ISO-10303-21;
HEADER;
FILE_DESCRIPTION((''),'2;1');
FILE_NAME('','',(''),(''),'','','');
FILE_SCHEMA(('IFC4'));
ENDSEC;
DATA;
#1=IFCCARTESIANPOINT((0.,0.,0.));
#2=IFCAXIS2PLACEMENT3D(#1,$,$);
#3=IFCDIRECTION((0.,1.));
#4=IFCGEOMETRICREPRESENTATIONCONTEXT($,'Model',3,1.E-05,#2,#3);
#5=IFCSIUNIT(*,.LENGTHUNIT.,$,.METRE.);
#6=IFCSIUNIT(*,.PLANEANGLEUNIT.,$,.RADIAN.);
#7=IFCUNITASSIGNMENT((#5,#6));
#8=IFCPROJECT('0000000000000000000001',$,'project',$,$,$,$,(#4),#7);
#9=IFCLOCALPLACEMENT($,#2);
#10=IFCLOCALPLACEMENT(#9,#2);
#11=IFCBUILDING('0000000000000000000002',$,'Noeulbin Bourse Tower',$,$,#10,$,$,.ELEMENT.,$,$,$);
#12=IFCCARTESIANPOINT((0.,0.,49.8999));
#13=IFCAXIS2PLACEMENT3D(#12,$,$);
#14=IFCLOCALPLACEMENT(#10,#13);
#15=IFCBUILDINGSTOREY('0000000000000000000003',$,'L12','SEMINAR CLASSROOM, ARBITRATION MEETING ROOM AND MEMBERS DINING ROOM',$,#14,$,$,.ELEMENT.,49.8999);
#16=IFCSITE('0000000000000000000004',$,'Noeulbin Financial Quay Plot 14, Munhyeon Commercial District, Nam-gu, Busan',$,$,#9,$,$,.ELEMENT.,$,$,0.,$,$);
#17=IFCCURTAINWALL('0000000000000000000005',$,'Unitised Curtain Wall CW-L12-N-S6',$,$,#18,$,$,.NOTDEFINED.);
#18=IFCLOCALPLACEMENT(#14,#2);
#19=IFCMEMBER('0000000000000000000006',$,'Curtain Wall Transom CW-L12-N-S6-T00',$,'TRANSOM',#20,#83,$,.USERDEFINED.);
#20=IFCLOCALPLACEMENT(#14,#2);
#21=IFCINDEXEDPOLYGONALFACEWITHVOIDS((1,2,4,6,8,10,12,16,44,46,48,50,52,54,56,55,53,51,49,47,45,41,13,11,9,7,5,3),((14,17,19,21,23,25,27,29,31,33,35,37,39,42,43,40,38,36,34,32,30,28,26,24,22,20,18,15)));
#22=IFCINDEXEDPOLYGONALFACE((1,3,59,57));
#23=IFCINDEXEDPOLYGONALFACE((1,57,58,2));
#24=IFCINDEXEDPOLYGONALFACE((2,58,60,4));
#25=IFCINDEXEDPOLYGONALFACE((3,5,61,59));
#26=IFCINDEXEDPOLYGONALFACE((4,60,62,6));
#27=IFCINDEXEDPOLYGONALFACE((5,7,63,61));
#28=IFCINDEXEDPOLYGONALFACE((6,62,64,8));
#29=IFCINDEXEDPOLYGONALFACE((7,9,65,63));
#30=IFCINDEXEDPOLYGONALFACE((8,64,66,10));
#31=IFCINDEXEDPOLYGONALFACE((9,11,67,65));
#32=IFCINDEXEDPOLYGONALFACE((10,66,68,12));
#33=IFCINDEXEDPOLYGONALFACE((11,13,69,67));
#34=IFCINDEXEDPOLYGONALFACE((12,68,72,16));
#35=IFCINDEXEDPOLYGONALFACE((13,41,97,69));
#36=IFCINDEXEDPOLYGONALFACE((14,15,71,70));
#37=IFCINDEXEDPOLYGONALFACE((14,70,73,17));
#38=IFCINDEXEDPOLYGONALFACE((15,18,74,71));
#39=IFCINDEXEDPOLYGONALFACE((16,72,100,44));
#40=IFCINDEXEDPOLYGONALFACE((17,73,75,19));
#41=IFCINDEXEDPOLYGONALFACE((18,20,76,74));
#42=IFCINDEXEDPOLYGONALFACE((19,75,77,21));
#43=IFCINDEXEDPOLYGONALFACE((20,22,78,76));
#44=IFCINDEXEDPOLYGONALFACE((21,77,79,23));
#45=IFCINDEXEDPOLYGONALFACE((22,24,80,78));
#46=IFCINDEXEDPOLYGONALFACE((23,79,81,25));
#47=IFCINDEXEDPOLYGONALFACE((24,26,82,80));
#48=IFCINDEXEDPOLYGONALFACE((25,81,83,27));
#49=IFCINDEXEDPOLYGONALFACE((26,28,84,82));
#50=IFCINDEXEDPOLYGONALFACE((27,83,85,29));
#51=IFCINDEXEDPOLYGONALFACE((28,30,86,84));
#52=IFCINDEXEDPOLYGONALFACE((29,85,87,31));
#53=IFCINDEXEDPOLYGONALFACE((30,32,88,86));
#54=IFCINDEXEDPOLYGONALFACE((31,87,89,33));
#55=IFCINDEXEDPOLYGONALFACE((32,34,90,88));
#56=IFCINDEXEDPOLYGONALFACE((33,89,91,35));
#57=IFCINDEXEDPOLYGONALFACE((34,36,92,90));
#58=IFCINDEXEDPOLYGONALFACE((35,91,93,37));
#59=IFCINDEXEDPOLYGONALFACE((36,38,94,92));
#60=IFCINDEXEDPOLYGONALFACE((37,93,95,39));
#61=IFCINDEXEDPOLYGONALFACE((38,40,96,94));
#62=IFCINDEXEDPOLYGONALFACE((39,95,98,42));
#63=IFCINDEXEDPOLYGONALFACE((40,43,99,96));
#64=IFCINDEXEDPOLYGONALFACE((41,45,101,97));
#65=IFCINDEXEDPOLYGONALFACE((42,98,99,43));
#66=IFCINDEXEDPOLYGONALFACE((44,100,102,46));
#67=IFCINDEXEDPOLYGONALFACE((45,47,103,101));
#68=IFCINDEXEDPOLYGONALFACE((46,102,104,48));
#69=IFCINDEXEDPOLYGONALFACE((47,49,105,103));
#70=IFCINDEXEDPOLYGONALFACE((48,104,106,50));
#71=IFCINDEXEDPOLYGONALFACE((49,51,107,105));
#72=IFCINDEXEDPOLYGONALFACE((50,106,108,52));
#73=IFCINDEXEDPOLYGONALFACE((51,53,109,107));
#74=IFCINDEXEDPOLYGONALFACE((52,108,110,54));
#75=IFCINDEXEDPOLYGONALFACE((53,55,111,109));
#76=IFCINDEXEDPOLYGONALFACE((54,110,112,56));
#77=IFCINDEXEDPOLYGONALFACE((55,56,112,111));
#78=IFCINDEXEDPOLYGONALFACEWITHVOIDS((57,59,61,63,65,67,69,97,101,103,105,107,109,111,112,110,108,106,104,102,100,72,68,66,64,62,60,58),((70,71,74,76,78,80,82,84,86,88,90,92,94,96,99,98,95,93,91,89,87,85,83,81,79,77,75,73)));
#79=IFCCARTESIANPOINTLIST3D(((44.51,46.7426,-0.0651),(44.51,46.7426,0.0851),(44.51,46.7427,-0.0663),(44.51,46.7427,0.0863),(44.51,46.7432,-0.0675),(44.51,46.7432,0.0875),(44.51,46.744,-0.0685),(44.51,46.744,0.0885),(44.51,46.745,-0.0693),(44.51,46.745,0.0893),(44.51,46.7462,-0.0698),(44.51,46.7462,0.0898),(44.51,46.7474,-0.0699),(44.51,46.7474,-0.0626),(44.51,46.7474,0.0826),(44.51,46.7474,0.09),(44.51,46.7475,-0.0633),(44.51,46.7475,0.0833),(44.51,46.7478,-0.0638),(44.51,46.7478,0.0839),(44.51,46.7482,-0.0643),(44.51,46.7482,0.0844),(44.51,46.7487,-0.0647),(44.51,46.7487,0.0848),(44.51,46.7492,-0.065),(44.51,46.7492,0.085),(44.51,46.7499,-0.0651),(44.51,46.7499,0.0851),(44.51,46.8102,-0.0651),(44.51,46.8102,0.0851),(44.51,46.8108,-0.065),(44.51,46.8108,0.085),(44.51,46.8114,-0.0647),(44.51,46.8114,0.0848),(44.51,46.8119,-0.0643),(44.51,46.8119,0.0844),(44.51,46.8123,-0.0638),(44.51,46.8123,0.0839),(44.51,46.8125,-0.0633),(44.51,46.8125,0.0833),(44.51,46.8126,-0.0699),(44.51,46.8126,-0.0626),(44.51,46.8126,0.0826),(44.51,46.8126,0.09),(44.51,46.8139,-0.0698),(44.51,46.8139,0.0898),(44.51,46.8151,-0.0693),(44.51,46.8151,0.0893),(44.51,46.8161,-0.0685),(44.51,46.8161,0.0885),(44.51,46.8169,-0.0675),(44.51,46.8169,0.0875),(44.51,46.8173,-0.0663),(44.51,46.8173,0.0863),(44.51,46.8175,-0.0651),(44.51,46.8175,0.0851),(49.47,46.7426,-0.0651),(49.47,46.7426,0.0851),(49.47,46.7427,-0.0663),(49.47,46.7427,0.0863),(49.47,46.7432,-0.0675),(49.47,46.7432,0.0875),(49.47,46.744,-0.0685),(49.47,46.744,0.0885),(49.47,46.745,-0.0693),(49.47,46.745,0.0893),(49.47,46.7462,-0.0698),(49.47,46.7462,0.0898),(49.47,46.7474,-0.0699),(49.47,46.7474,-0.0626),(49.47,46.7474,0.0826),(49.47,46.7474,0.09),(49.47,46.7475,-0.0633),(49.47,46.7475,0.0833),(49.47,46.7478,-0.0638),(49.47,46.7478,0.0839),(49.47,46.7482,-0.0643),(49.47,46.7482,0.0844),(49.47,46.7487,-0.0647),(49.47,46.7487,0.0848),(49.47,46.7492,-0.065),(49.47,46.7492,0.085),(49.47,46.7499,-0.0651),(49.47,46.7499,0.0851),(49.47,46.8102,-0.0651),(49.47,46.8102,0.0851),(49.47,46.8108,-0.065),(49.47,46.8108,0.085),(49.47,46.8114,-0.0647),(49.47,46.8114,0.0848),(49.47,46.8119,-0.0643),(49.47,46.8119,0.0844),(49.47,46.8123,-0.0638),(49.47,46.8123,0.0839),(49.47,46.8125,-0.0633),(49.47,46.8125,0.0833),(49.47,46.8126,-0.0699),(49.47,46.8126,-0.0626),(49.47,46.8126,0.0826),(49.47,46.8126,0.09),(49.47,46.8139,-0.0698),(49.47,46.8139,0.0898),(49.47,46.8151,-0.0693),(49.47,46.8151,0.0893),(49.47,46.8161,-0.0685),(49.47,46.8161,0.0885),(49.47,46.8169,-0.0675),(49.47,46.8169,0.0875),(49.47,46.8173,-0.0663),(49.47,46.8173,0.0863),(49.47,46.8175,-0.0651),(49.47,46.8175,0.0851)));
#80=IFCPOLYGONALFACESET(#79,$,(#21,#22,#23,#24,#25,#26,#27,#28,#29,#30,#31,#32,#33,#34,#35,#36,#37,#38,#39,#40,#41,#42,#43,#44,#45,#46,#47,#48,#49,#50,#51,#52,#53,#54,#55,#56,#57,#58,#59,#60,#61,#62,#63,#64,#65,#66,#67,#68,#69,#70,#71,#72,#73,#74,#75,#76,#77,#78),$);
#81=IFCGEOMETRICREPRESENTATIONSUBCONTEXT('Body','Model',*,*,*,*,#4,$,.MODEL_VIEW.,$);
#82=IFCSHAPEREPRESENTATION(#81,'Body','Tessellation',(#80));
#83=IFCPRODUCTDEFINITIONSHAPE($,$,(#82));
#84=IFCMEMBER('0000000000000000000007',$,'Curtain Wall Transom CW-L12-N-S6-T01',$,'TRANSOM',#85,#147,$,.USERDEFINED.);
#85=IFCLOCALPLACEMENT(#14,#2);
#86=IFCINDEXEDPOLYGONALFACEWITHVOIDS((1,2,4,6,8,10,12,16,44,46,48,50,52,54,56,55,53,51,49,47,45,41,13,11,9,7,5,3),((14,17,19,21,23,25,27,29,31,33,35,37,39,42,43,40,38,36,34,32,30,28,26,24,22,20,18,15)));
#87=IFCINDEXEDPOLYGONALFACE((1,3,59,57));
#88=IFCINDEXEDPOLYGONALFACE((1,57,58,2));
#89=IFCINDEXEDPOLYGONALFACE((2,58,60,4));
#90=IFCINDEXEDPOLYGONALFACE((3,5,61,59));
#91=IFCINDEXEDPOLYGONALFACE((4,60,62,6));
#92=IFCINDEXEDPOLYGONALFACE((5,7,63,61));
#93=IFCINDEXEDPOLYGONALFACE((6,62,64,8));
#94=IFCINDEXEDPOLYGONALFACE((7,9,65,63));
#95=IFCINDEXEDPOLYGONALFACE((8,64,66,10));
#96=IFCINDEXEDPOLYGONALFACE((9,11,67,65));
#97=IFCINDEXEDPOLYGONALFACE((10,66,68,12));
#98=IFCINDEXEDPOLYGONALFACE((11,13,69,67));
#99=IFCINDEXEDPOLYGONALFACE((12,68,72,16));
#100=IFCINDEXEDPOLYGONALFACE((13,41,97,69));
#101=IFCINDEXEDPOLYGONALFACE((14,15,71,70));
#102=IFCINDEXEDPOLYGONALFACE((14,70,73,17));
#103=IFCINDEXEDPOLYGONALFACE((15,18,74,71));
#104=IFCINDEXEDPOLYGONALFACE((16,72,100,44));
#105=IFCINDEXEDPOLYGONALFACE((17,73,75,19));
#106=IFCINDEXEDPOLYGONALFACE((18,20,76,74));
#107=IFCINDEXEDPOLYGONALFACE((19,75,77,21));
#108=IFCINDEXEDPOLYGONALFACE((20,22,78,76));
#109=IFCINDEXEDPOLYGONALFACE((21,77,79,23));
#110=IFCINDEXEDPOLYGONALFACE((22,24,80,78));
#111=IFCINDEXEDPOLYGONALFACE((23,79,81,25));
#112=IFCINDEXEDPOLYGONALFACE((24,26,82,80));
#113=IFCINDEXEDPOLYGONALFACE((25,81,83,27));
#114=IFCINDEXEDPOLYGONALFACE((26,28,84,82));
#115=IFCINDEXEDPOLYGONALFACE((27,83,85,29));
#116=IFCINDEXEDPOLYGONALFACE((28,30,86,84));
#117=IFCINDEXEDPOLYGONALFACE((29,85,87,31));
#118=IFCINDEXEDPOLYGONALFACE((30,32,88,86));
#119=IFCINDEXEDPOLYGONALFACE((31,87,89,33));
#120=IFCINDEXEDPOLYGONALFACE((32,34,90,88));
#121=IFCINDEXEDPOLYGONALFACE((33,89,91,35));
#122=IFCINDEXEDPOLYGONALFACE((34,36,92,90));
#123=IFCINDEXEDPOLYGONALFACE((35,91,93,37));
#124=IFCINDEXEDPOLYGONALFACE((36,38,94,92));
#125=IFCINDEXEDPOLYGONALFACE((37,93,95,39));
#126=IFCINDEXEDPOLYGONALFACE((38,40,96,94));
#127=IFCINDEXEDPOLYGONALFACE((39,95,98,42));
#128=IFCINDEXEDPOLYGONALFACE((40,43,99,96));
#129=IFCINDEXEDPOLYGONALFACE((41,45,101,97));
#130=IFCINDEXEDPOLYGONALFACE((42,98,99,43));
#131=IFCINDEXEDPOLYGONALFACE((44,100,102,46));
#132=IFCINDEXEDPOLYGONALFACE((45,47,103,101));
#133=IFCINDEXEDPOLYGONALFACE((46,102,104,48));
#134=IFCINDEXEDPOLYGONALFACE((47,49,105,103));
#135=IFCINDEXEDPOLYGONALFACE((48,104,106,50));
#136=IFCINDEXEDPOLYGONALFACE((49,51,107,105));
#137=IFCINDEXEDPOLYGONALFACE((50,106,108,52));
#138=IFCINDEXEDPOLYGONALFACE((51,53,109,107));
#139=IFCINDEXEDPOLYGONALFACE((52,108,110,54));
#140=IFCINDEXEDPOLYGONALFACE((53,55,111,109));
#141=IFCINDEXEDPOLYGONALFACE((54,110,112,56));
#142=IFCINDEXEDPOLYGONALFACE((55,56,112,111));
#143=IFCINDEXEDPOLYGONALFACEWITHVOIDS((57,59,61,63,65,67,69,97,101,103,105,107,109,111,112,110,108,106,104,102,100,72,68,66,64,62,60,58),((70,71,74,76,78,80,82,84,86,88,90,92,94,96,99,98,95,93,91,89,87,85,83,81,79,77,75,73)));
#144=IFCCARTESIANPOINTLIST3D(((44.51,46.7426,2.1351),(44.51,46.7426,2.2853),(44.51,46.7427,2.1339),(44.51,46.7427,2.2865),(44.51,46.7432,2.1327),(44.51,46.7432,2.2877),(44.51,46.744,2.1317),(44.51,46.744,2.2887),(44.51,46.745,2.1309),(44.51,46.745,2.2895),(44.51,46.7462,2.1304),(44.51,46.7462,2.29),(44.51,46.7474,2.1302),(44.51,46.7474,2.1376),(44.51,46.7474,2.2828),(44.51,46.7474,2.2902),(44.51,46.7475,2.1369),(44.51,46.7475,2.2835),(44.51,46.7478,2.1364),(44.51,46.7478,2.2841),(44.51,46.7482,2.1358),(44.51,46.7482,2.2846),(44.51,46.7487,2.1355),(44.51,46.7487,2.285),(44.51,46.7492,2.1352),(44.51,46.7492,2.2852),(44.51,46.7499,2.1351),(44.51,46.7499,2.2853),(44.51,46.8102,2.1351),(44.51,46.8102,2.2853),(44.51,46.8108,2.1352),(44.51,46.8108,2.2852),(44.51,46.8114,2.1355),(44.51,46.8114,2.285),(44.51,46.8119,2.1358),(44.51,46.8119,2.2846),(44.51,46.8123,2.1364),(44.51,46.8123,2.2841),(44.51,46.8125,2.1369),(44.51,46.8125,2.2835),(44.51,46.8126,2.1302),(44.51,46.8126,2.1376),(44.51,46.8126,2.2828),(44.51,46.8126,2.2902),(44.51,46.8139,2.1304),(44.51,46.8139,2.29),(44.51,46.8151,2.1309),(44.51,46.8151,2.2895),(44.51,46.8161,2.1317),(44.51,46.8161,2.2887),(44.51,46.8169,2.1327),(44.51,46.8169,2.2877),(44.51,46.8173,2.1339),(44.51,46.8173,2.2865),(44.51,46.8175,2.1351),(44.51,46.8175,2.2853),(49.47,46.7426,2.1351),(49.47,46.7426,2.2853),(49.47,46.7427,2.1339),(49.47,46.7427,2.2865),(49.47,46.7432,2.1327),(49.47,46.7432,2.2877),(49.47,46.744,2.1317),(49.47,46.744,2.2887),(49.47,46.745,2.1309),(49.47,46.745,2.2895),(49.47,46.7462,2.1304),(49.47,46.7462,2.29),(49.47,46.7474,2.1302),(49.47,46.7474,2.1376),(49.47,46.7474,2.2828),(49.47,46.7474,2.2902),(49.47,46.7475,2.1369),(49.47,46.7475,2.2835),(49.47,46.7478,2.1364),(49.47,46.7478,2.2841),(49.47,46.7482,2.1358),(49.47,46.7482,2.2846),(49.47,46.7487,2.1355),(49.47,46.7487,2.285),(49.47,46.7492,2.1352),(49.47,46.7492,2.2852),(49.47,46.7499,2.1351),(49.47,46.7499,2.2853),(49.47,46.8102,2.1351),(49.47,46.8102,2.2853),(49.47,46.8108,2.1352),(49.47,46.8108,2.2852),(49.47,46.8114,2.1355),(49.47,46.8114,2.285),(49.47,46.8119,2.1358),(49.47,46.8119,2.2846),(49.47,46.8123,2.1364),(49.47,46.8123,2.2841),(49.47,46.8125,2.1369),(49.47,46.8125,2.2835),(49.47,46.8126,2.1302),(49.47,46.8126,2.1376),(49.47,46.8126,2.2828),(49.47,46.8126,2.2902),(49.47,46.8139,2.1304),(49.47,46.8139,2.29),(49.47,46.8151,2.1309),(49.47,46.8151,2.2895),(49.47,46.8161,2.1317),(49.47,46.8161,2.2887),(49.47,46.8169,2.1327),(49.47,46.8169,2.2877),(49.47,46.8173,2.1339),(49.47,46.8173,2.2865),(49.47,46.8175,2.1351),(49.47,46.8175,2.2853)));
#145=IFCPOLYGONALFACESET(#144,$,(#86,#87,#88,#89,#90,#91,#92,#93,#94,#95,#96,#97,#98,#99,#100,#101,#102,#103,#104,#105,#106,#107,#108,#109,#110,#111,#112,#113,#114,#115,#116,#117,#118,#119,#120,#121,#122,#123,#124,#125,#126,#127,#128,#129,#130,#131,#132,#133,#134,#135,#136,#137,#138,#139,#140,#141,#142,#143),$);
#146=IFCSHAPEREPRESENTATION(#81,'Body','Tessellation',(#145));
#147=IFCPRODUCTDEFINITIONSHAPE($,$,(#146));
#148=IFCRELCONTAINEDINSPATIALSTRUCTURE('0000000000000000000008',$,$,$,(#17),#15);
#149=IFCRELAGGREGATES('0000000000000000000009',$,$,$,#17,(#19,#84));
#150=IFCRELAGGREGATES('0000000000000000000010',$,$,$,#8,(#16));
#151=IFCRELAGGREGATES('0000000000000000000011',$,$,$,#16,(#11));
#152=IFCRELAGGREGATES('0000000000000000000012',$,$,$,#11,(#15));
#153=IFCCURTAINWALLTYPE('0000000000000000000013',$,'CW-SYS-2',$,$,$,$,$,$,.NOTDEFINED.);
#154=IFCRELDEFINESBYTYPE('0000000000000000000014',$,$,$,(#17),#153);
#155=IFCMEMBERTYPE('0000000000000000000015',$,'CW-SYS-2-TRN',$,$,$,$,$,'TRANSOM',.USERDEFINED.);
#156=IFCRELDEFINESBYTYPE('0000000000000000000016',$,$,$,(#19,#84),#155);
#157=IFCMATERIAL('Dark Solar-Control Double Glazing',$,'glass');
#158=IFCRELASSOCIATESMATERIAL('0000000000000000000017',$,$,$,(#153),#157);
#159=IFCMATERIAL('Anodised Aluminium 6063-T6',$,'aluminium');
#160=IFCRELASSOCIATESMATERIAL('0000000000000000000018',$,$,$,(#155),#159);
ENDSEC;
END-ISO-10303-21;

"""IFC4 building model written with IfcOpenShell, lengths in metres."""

from ifc_helpers import new_model, si_unit, direction, frame, origin, origin_2d, place, context, subcontext, project, spatial, hollow_rectangle, extrude, material, material_profile, profile_set, type_object, element, aggregate, save


model = new_model("IFC4")

# Units and contexts
model_context = context("Model", 3, precision=1e-05, world=origin(), true_north=direction((0.0, 1.0)))
body_context = subcontext(model_context, "Body", "Model", "MODEL_VIEW")
ifc_project = project(units=[si_unit("LENGTHUNIT", "METRE"), si_unit("PLANEANGLEUNIT", "RADIAN")], contexts=[model_context])

# Site, building, storey
site_placement = place(None, origin())
site = spatial("IfcSite", under=ifc_project, at=site_placement, Name="Noeulbin Financial Quay Plot 14, Munhyeon Commercial District, Nam-gu, Busan", CompositionType="ELEMENT", RefElevation=0.0)
building_placement = place(site_placement, origin())
building = spatial("IfcBuilding", under=site, at=building_placement, Name="Noeulbin Bourse Tower", CompositionType="ELEMENT")
storey_placement = place(building_placement, frame((0.0, 0.0, 49.8999)))
storey = spatial("IfcBuildingStorey", under=building, at=storey_placement, Name="L12", Description="SEMINAR CLASSROOM, ARBITRATION MEETING ROOM AND MEMBERS DINING ROOM", CompositionType="ELEMENT", Elevation=49.8999)

# Shared definitions
ifc_material_1 = material(Name="Dark Solar-Control Double Glazing", Category="glass")
curtain_wall_type = type_object("IfcCurtainWallType", Name="CW-SYS-2", PredefinedType="NOTDEFINED", material=ifc_material_1)
ifc_material_2 = material(Name="Anodised Aluminium 6063-T6", Category="aluminium")

# Curtain wall
curtain_wall_1_placement = place(storey_placement, origin())
curtain_wall_1 = element("IfcCurtainWall", 1, at=curtain_wall_1_placement, inside=storey, type_object=curtain_wall_type, Name="Unitised Curtain Wall CW-L12-N-S6", PredefinedType="NOTDEFINED")

# Members
ifc_material_profile_1 = material_profile(ifc_material_2, hollow_rectangle(XDim=0.075, YDim=0.1599, WallThickness=0.0049, InnerFilletRadius=0.0024, OuterFilletRadius=0.0049, at=origin_2d()), Name="ALU-TRAN-75x160x5", Category="LoadBearing")
ifc_profile_set_1 = profile_set([ifc_material_profile_1], Name="Anodised Aluminium 6063-T6")
member_type_1 = type_object("IfcMemberType", Name="CW-SYS-2-TRN", ElementType="TRANSOM", PredefinedType="USERDEFINED", material=ifc_profile_set_1)
member_1_placement = place(storey_placement, frame((44.51, 46.78, 0.01), z_axis=(1.0, 0.0, 0.0), x_axis=(0.0, 1.0, 0.0)))
member_1 = element("IfcMember", 2, at=member_1_placement, type_object=member_type_1, Name="Curtain Wall Transom CW-L12-N-S6-T00", ObjectType="TRANSOM", PredefinedType="USERDEFINED", context=body_context, shape_type="SweptSolid", body=[
    extrude(hollow_rectangle(XDim=0.075, YDim=0.1599, WallThickness=0.0049, InnerFilletRadius=0.0024, OuterFilletRadius=0.0049, at=origin_2d()), origin(), (0.0, 0.0, 1.0), 4.96),
])
member_2_placement = place(storey_placement, frame((44.51, 46.78, 2.2102), z_axis=(1.0, 0.0, 0.0), x_axis=(0.0, 1.0, 0.0)))
member_2 = element("IfcMember", 3, at=member_2_placement, type_object=member_type_1, Name="Curtain Wall Transom CW-L12-N-S6-T01", ObjectType="TRANSOM", PredefinedType="USERDEFINED", context=body_context, shape_type="SweptSolid", body=[
    extrude(hollow_rectangle(XDim=0.075, YDim=0.1599, WallThickness=0.0049, InnerFilletRadius=0.0024, OuterFilletRadius=0.0049, at=origin_2d()), origin(), (0.0, 0.0, 1.0), 4.96),
])

aggregate(curtain_wall_1, [member_1, member_2])

save(model, "model.ifc")
